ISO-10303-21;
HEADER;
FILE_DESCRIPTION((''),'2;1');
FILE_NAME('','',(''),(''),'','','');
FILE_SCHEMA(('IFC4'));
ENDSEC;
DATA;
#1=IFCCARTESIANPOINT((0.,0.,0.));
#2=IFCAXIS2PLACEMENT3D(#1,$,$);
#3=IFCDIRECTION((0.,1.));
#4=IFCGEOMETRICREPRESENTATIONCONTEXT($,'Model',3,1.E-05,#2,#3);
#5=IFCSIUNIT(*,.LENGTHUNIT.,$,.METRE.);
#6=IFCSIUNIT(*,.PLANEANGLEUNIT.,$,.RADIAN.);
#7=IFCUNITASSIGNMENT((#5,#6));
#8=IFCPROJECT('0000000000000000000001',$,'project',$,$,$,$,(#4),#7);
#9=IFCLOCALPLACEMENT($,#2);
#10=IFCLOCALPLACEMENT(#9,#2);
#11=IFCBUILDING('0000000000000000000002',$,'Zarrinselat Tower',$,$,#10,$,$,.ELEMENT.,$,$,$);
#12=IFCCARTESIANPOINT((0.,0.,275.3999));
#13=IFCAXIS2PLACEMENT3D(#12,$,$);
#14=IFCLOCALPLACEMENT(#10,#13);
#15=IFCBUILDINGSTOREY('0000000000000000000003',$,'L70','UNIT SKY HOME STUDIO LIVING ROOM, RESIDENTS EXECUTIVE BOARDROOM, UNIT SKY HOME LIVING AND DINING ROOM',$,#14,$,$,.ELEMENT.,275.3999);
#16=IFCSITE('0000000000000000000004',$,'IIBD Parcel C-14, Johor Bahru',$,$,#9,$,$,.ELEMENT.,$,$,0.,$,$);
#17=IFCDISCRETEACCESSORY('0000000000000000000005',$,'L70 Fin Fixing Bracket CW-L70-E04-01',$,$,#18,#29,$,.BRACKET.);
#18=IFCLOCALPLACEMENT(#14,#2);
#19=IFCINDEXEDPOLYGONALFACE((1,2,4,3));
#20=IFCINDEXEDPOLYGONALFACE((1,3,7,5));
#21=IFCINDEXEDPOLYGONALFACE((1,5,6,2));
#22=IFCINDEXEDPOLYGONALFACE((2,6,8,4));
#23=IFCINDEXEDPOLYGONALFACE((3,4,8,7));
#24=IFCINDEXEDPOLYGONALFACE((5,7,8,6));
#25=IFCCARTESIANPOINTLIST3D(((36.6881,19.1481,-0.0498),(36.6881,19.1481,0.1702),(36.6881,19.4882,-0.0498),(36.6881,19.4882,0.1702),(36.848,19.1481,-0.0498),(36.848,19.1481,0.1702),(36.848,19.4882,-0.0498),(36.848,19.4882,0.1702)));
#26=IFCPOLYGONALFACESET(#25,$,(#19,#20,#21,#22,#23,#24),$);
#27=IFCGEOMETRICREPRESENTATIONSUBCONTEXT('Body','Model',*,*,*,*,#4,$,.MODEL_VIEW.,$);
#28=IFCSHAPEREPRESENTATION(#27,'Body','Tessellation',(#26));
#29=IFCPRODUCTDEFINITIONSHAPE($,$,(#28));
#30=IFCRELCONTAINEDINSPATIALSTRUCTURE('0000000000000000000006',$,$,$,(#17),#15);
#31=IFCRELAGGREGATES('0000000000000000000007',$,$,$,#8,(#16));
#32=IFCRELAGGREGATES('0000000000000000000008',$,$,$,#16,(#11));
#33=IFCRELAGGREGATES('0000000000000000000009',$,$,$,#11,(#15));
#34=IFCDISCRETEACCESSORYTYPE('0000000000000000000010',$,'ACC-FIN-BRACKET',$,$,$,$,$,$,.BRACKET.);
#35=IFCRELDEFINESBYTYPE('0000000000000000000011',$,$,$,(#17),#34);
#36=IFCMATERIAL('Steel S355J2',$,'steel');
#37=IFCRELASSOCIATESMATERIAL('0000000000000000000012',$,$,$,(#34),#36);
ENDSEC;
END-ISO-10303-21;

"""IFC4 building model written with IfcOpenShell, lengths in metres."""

from ifc_helpers import new_model, si_unit, direction, frame, origin, origin_2d, place, context, subcontext, project, spatial, rectangle, extrude, material, type_object, element, save


model = new_model("IFC4")

# Units and contexts
model_context = context("Model", 3, precision=1e-05, world=origin(), true_north=direction((0.0, 1.0)))
body_context = subcontext(model_context, "Body", "Model", "MODEL_VIEW")
ifc_project = project(units=[si_unit("LENGTHUNIT", "METRE"), si_unit("PLANEANGLEUNIT", "RADIAN")], contexts=[model_context])

# Site, building, storey
site_placement = place(None, origin())
site = spatial("IfcSite", under=ifc_project, at=site_placement, Name="IIBD Parcel C-14, Johor Bahru", CompositionType="ELEMENT", RefElevation=0.0)
building_placement = place(site_placement, origin())
building = spatial("IfcBuilding", under=site, at=building_placement, Name="Zarrinselat Tower", CompositionType="ELEMENT")
storey_placement = place(building_placement, frame((0.0, 0.0, 275.3999)))
storey = spatial("IfcBuildingStorey", under=building, at=storey_placement, Name="L70", Description="UNIT SKY HOME STUDIO LIVING ROOM, RESIDENTS EXECUTIVE BOARDROOM, UNIT SKY HOME LIVING AND DINING ROOM", CompositionType="ELEMENT", Elevation=275.3999)

# Discrete accessory
ifc_material_1 = material(Name="Steel S355J2", Category="steel")
discrete_accessory_type = type_object("IfcDiscreteAccessoryType", Name="ACC-FIN-BRACKET", PredefinedType="BRACKET", material=ifc_material_1)
discrete_accessory_placement = place(storey_placement, frame((36.7681, 19.3181, -0.0498), z_axis=(0.0, 0.0, 1.0), x_axis=(0.0, -1.0, 0.0)))
element("IfcDiscreteAccessory", 1, at=discrete_accessory_placement, inside=storey, type_object=discrete_accessory_type, Name="L70 Fin Fixing Bracket CW-L70-E04-01", PredefinedType="BRACKET", context=body_context, shape_type="SweptSolid", body=[
    extrude(rectangle(XDim=0.3401, YDim=0.1599, at=origin_2d()), origin(), (0.0, 0.0, 1.0), 0.22),
])

save(model, "model.ifc")
